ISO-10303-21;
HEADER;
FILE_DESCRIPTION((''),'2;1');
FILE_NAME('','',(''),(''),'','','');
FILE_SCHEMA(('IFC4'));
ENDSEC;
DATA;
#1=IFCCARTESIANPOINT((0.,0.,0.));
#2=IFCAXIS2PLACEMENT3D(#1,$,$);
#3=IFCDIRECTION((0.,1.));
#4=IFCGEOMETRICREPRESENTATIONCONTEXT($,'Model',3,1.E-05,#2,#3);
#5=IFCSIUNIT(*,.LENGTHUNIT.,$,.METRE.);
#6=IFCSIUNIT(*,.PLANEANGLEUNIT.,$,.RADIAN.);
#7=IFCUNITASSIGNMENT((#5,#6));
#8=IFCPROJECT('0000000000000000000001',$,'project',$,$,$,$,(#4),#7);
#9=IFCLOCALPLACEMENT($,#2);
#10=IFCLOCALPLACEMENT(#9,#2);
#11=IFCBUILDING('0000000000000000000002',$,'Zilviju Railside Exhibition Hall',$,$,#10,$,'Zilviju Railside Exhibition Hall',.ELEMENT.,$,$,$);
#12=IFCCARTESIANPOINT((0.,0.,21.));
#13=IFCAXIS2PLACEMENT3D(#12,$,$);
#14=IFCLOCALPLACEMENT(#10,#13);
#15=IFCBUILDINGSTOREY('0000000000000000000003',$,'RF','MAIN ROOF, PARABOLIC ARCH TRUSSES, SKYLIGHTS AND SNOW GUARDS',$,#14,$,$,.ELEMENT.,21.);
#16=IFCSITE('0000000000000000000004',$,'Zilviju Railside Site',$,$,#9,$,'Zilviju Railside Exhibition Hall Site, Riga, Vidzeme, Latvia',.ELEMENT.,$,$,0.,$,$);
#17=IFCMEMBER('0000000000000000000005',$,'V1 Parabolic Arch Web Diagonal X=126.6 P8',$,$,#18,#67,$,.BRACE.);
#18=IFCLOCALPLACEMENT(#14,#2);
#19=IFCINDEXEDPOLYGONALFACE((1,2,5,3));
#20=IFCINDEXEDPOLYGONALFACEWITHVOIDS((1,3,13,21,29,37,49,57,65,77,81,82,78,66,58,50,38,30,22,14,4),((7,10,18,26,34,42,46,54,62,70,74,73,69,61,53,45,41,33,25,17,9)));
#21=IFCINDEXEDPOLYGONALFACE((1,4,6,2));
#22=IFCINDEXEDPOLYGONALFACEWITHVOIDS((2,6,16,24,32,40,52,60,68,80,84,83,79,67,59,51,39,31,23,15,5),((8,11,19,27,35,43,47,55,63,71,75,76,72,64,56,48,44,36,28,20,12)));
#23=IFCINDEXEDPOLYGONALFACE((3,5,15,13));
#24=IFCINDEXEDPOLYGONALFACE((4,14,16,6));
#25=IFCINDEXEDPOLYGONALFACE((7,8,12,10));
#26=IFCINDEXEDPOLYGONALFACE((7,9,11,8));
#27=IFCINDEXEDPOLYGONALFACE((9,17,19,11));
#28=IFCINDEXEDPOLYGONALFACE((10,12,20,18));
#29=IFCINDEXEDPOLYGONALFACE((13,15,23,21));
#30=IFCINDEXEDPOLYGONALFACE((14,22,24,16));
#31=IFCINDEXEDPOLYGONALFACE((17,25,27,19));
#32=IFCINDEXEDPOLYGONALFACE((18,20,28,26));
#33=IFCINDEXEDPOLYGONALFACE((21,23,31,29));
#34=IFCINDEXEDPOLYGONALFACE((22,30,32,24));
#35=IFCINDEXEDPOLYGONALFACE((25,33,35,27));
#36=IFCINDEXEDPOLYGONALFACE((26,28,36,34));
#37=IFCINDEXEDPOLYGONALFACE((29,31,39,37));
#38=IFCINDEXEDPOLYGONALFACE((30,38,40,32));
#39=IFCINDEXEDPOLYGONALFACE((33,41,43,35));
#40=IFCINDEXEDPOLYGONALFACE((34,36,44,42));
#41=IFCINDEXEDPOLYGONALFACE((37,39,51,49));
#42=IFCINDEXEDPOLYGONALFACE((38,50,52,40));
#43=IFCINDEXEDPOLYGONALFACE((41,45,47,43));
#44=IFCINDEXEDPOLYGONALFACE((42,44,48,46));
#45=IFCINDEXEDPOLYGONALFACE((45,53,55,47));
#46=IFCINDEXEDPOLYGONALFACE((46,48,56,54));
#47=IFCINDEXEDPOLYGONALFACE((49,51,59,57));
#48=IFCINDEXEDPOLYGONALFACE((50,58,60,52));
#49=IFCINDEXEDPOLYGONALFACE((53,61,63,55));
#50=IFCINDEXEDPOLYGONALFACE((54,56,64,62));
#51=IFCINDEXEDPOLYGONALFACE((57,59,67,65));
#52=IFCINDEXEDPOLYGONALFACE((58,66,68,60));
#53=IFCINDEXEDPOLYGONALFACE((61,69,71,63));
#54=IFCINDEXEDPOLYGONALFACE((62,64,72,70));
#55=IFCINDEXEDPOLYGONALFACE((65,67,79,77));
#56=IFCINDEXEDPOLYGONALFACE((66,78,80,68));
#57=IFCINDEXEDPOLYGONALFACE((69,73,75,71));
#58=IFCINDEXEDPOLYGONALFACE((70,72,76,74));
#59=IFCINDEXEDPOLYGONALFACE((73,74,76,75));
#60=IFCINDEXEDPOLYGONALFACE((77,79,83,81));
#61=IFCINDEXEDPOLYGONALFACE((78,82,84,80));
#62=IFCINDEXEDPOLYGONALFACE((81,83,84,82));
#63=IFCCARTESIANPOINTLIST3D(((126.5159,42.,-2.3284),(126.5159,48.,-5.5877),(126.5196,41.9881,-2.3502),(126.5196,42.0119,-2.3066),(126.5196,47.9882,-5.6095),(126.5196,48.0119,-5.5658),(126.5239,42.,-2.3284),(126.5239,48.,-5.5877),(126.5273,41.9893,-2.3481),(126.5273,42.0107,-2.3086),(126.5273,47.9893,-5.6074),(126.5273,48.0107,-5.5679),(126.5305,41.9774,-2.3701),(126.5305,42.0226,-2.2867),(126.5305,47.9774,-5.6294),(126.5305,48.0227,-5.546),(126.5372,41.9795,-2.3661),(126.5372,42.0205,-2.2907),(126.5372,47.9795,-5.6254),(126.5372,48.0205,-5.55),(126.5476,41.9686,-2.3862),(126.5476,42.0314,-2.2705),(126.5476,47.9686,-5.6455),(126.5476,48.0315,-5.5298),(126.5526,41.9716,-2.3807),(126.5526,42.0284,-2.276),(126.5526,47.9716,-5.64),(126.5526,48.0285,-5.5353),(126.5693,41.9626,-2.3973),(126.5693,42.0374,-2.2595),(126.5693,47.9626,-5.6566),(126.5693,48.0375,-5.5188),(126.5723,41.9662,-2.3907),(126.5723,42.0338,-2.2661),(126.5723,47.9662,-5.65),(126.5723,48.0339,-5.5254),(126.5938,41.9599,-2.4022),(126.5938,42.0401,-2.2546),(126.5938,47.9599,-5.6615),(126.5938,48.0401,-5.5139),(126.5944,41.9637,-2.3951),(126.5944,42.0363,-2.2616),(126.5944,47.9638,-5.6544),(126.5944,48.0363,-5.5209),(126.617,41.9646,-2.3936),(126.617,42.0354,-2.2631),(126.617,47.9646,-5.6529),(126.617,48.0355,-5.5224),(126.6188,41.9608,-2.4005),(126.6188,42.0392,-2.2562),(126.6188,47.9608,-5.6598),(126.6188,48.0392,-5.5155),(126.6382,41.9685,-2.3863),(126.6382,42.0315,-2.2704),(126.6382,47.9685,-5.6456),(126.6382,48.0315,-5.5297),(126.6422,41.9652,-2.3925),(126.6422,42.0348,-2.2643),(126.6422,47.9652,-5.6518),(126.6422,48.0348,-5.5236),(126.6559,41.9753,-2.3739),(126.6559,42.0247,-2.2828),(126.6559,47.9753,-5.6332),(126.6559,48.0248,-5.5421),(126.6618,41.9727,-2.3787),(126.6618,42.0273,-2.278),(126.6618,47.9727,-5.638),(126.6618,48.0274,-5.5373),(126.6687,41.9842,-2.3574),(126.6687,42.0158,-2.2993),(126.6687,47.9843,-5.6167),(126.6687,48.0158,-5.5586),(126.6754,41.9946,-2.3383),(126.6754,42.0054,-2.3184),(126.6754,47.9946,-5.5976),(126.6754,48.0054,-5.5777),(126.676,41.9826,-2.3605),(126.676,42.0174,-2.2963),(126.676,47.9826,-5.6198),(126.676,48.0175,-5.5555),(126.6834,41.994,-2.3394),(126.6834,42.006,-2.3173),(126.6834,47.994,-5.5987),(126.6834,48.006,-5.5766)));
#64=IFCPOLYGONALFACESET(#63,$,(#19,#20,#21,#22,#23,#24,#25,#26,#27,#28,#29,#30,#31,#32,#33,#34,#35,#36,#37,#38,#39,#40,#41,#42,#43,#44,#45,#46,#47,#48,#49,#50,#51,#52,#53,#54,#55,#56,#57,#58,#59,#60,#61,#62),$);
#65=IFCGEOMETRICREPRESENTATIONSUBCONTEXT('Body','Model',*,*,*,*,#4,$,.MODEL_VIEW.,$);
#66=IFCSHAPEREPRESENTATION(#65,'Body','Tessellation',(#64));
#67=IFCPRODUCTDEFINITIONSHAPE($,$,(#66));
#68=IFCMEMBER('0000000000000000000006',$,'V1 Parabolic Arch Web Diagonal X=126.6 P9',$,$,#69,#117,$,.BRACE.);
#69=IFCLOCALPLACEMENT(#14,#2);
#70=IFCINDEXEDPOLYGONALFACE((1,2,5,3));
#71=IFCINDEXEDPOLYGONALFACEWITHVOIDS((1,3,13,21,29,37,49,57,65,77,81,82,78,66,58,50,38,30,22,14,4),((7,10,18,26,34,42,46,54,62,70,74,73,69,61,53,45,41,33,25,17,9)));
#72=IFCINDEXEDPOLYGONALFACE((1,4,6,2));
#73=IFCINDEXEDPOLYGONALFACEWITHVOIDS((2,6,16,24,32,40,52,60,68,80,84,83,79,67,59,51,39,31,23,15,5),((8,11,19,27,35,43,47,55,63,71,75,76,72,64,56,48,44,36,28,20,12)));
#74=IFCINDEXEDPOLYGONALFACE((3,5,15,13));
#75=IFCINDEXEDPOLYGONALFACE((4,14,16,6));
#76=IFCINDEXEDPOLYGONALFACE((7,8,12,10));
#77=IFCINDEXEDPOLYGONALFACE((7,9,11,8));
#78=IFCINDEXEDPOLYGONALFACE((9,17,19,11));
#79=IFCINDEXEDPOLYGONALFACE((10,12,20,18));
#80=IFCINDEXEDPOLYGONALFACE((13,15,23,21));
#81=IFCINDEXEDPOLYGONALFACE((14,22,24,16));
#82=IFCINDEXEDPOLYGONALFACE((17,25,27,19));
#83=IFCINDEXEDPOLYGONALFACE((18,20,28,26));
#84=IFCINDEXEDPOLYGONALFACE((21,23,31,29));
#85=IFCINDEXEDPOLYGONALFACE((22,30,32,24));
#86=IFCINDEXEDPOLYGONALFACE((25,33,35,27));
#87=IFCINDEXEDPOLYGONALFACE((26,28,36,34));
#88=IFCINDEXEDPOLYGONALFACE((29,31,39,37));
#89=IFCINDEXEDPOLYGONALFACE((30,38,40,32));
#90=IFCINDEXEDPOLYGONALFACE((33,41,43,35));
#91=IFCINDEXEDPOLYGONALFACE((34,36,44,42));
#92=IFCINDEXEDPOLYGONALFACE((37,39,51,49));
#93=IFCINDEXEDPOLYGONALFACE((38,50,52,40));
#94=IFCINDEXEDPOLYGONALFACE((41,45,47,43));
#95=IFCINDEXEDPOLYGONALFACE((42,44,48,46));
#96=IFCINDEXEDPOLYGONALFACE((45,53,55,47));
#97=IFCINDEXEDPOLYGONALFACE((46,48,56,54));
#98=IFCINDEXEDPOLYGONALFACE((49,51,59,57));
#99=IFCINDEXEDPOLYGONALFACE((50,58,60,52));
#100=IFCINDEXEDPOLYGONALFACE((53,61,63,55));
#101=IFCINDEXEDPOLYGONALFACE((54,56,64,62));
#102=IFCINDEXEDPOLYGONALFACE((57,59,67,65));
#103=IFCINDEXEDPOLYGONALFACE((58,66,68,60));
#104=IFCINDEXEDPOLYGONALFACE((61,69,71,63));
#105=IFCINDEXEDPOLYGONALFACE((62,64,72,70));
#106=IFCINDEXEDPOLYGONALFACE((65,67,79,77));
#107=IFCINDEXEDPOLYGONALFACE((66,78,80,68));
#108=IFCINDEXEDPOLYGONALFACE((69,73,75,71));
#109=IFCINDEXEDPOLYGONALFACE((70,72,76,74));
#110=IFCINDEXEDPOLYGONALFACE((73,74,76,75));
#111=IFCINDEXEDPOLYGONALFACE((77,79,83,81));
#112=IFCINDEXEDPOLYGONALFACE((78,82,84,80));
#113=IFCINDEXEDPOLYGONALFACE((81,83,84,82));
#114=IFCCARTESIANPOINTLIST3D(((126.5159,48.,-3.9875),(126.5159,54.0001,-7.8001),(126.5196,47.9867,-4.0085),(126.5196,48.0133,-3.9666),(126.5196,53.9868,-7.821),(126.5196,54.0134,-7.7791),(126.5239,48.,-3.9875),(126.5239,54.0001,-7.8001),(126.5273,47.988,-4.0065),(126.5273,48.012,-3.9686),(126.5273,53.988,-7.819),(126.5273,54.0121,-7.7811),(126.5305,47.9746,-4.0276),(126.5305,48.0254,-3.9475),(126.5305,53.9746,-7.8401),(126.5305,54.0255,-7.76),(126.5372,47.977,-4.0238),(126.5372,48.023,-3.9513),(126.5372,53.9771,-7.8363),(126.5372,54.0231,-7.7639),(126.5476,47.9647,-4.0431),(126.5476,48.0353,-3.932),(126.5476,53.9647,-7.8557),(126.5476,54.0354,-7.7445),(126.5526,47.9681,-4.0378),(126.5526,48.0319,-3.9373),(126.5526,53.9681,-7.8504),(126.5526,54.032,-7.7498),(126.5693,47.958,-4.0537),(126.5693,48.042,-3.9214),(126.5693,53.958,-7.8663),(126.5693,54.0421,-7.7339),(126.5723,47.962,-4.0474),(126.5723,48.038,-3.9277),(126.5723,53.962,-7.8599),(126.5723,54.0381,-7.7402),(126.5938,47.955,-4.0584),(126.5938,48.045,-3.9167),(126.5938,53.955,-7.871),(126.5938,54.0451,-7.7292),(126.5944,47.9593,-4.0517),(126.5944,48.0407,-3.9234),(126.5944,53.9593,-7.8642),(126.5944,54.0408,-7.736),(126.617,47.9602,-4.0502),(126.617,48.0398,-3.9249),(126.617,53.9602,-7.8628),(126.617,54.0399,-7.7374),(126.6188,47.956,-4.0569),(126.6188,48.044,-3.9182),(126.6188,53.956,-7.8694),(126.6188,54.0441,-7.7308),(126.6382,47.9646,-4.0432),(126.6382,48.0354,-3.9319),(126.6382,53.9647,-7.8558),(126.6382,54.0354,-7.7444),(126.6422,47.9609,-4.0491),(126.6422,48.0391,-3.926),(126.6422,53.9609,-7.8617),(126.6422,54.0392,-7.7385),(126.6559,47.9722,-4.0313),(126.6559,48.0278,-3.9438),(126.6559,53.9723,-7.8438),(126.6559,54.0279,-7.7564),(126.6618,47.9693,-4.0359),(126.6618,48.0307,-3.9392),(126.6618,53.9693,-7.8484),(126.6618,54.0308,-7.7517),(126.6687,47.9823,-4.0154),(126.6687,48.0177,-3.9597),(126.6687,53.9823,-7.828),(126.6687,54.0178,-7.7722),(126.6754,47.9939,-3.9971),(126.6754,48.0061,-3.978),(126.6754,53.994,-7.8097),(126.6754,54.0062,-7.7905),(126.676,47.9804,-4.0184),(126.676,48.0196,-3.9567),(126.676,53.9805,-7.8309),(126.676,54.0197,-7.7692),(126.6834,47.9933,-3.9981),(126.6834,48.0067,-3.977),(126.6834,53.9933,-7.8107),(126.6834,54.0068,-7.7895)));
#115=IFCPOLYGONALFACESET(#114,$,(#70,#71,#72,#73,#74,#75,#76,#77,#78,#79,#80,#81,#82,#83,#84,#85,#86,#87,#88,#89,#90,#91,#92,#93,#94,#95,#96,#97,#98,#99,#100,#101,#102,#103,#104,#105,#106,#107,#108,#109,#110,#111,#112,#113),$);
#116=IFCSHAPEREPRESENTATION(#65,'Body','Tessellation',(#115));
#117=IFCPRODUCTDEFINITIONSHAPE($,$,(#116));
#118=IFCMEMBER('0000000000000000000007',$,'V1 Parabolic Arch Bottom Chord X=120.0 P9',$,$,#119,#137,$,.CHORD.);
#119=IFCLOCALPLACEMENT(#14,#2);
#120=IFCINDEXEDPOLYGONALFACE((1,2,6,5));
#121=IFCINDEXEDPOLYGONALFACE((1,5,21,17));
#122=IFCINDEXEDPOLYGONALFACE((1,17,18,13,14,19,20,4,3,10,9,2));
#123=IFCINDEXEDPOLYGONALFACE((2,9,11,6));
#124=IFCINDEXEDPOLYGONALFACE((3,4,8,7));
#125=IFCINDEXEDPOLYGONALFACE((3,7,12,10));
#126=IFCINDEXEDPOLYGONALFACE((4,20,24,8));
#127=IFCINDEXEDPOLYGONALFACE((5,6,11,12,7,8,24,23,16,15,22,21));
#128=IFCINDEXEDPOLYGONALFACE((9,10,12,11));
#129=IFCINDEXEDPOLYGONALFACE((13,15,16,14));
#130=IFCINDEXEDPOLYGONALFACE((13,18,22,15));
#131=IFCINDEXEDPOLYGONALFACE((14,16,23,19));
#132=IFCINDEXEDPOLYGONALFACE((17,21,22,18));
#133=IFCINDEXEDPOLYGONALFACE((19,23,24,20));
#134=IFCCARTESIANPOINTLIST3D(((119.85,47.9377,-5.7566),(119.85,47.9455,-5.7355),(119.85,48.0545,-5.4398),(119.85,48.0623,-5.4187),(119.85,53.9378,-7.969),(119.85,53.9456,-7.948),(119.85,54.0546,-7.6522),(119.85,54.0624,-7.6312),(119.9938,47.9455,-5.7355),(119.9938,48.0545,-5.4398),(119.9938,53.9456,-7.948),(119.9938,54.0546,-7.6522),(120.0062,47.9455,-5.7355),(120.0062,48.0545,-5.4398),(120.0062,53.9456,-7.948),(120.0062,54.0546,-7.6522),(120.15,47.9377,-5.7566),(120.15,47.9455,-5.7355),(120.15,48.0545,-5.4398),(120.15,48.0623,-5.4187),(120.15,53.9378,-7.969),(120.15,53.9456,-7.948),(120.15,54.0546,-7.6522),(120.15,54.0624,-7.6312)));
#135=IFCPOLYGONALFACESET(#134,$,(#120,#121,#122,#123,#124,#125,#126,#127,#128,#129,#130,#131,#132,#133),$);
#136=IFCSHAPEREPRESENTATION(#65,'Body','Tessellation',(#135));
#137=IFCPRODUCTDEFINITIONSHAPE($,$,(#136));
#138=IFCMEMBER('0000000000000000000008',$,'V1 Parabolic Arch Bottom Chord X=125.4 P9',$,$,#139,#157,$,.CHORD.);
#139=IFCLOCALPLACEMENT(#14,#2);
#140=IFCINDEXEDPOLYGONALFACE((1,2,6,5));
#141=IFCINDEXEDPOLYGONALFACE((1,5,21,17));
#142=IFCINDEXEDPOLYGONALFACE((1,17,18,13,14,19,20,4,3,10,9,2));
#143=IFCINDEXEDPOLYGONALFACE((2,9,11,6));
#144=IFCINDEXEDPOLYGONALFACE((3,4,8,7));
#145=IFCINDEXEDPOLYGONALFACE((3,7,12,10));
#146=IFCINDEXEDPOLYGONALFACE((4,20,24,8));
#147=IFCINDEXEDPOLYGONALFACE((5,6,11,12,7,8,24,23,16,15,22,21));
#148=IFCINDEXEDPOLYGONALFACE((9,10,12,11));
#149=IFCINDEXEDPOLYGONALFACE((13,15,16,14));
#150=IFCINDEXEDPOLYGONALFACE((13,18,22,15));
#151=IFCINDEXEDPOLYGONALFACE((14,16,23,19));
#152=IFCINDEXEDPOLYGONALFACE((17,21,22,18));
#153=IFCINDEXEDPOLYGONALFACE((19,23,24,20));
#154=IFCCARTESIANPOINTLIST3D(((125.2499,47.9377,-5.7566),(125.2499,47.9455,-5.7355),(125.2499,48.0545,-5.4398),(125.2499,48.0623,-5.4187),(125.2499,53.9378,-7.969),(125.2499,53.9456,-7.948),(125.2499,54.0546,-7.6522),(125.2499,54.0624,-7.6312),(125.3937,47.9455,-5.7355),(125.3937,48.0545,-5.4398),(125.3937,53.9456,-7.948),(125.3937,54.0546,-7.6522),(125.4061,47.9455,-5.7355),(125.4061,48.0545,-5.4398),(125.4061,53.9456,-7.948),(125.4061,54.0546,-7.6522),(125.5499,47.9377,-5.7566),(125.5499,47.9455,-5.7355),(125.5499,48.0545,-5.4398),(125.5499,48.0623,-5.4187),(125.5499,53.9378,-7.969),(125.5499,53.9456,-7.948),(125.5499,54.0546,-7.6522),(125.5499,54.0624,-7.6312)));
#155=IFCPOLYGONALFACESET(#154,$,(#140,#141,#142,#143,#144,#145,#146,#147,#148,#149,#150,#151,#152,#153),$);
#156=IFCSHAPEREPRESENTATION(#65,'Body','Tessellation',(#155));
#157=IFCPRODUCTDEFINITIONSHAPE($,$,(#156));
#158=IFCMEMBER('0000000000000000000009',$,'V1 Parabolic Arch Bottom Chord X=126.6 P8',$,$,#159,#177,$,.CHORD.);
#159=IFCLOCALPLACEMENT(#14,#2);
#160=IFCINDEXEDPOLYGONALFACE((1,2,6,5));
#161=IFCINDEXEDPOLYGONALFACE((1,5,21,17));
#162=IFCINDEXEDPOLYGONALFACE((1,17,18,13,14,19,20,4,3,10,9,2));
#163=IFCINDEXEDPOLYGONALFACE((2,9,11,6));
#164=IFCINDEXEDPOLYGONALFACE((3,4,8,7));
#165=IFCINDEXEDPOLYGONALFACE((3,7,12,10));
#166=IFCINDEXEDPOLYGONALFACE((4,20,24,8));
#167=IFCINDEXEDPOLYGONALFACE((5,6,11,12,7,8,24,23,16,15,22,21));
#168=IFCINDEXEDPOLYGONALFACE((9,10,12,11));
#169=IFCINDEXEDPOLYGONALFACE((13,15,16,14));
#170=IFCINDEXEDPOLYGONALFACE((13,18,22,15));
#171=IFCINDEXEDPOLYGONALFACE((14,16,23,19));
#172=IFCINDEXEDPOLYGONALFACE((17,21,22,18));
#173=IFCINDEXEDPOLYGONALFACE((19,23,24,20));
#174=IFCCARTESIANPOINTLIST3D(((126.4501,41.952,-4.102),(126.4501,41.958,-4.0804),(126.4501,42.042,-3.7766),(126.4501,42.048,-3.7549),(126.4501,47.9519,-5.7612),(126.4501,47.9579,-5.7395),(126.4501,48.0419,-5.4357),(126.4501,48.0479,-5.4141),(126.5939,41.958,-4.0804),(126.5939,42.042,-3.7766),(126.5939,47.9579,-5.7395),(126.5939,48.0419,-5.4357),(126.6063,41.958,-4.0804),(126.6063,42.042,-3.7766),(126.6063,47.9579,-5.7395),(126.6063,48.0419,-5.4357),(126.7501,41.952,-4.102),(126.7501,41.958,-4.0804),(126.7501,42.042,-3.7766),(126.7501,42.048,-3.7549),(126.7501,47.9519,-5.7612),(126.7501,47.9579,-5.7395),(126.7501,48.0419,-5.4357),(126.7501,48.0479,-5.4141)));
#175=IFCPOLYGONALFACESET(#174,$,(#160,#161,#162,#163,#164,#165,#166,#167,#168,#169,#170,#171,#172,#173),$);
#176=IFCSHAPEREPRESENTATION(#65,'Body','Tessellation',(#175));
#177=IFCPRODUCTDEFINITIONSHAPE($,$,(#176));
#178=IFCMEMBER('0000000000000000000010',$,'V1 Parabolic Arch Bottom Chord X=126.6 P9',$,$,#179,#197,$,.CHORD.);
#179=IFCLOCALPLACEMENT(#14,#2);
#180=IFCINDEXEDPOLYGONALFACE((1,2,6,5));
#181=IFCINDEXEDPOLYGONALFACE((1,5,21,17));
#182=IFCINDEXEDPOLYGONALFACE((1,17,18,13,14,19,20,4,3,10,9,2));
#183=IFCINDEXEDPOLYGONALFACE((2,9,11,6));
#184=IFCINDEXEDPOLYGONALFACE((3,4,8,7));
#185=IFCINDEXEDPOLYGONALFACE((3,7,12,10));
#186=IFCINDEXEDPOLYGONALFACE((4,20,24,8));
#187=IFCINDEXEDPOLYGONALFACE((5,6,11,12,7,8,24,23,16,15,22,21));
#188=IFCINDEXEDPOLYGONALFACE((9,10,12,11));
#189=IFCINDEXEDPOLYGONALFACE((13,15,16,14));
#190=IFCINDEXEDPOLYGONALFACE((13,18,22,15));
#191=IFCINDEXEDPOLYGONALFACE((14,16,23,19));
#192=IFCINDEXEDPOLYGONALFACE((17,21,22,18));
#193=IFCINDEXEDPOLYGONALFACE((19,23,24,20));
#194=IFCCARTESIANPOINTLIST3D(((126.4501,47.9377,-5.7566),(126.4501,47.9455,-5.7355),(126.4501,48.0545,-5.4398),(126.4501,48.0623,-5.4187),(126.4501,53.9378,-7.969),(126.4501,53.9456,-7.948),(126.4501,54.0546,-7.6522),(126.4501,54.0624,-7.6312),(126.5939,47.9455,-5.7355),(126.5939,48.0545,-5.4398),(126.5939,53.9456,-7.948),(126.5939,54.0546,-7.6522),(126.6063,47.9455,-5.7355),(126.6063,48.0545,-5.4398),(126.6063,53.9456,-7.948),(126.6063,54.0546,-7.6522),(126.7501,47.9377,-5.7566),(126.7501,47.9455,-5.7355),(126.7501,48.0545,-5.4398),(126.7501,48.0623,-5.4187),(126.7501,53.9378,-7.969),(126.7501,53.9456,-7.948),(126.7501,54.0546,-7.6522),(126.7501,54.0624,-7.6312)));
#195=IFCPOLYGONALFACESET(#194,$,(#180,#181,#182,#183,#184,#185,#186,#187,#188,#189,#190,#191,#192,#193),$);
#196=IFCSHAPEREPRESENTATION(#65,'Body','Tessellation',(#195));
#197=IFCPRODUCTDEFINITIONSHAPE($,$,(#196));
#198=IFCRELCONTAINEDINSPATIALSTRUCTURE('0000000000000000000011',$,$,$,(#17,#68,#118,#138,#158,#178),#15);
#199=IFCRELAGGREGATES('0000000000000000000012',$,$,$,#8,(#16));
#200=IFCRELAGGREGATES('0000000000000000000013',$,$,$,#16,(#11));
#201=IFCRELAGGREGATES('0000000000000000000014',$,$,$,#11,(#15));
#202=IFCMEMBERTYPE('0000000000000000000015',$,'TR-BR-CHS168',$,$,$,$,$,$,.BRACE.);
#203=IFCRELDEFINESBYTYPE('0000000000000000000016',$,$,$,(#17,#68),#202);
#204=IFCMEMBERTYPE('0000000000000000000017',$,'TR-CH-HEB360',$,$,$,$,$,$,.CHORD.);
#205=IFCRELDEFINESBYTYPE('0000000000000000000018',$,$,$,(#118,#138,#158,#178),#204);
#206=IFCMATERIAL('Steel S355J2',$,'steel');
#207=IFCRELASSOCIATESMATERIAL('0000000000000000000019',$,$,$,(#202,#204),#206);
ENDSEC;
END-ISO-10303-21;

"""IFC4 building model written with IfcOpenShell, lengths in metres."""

from ifc_helpers import new_model, si_unit, direction, frame, origin, origin_2d, place, context, subcontext, project, spatial, hollow_circle, i_section, extrude, material, material_profile, profile_set, type_object, element, save


model = new_model("IFC4")

# Units and contexts
model_context = context("Model", 3, precision=1e-05, world=origin(), true_north=direction((0.0, 1.0)))
body_context = subcontext(model_context, "Body", "Model", "MODEL_VIEW")
ifc_project = project(units=[si_unit("LENGTHUNIT", "METRE"), si_unit("PLANEANGLEUNIT", "RADIAN")], contexts=[model_context])

# Site, building, storey
site_placement = place(None, origin())
site = spatial("IfcSite", under=ifc_project, at=site_placement, Name="Zilviju Railside Site", LongName="Zilviju Railside Exhibition Hall Site, Riga, Vidzeme, Latvia", CompositionType="ELEMENT", RefElevation=0.0)
building_placement = place(site_placement, origin())
building = spatial("IfcBuilding", under=site, at=building_placement, Name="Zilviju Railside Exhibition Hall", LongName="Zilviju Railside Exhibition Hall", CompositionType="ELEMENT")
storey_placement = place(building_placement, frame((0.0, 0.0, 21.0)))
storey = spatial("IfcBuildingStorey", under=building, at=storey_placement, Name="RF", Description="MAIN ROOF, PARABOLIC ARCH TRUSSES, SKYLIGHTS AND SNOW GUARDS", CompositionType="ELEMENT", Elevation=21.0)

# Members
ifc_material_1 = material(Name="Steel S355J2", Category="steel")
ifc_material_profile_1 = material_profile(ifc_material_1, hollow_circle(Radius=0.0842, WallThickness=0.0081, at=origin_2d()), Name="CHS 168.3x8.0")
ifc_profile_set_1 = profile_set([ifc_material_profile_1], Name="Steel S355J2")
member_type_1 = type_object("IfcMemberType", Name="TR-BR-CHS168", PredefinedType="BRACE", material=ifc_profile_set_1)
member_1_placement = place(storey_placement, frame((126.6001, 42.0, -2.3284), z_axis=(0.0, 0.878722, -0.477333), x_axis=(-1.0, 0.0, 0.0)))
element("IfcMember", 1, at=member_1_placement, inside=storey, type_object=member_type_1, Name="V1 Parabolic Arch Web Diagonal X=126.6 P8", PredefinedType="BRACE", context=body_context, shape_type="SweptSolid", body=[
    extrude(hollow_circle(Radius=0.0842, WallThickness=0.0081, at=origin_2d()), origin(), (0.0, 0.0, 1.0), 6.8281),
])
member_2_placement = place(storey_placement, frame((126.6001, 48.0, -3.9875), z_axis=(0.0, 0.844023, -0.536306), x_axis=(-1.0, 0.0, 0.0)))
element("IfcMember", 2, at=member_2_placement, inside=storey, type_object=member_type_1, Name="V1 Parabolic Arch Web Diagonal X=126.6 P9", PredefinedType="BRACE", context=body_context, shape_type="SweptSolid", body=[
    extrude(hollow_circle(Radius=0.0842, WallThickness=0.0081, at=origin_2d()), origin(), (0.0, 0.0, 1.0), 7.1089),
])
ifc_material_profile_2 = material_profile(ifc_material_1, i_section(OverallWidth=0.3, OverallDepth=0.3601, WebThickness=0.0125, FlangeThickness=0.0225, at=origin_2d()), Name="HEB 360")
ifc_profile_set_2 = profile_set([ifc_material_profile_2], Name="Steel S355J2")
member_type_2 = type_object("IfcMemberType", Name="TR-CH-HEB360", PredefinedType="CHORD", material=ifc_profile_set_2)
for number, where, z_axis, x_axis, name in (
    (3, (120.0, 48.0, -5.5876), (0.0, 0.938248, -0.345964), (-1.0, 0.0, 0.0), "V1 Parabolic Arch Bottom Chord X=120.0 P9"),
    (4, (125.3999, 48.0, -5.5876), (0.0, 0.938248, -0.345964), (-1.0, 0.0, 0.0), "V1 Parabolic Arch Bottom Chord X=125.4 P9"),
):
    element("IfcMember", number, at=place(storey_placement, frame(where, z_axis=z_axis, x_axis=x_axis)), inside=storey, type_object=member_type_2, Name=name, PredefinedType="CHORD", context=body_context, shape_type="SweptSolid", body=[
        extrude(i_section(OverallWidth=0.3, OverallDepth=0.3601, WebThickness=0.0125, FlangeThickness=0.0225, at=origin_2d()), origin(), (0.0, 0.0, 1.0), 6.395),
    ])
member_3_placement = place(storey_placement, frame((126.6001, 42.0, -3.9285), z_axis=(0.0, 0.963827, -0.266527), x_axis=(-1.0, 0.0, 0.0)))
element("IfcMember", 5, at=member_3_placement, inside=storey, type_object=member_type_2, Name="V1 Parabolic Arch Bottom Chord X=126.6 P8", PredefinedType="CHORD", context=body_context, shape_type="SweptSolid", body=[
    extrude(i_section(OverallWidth=0.3, OverallDepth=0.3601, WebThickness=0.0125, FlangeThickness=0.0225, at=origin_2d()), origin(), (0.0, 0.0, 1.0), 6.2251),
])
member_4_placement = place(storey_placement, frame((126.6001, 48.0, -5.5876), z_axis=(0.0, 0.938248, -0.345964), x_axis=(-1.0, 0.0, 0.0)))
element("IfcMember", 6, at=member_4_placement, inside=storey, type_object=member_type_2, Name="V1 Parabolic Arch Bottom Chord X=126.6 P9", PredefinedType="CHORD", context=body_context, shape_type="SweptSolid", body=[
    extrude(i_section(OverallWidth=0.3, OverallDepth=0.3601, WebThickness=0.0125, FlangeThickness=0.0225, at=origin_2d()), origin(), (0.0, 0.0, 1.0), 6.395),
])

save(model, "model.ifc")
